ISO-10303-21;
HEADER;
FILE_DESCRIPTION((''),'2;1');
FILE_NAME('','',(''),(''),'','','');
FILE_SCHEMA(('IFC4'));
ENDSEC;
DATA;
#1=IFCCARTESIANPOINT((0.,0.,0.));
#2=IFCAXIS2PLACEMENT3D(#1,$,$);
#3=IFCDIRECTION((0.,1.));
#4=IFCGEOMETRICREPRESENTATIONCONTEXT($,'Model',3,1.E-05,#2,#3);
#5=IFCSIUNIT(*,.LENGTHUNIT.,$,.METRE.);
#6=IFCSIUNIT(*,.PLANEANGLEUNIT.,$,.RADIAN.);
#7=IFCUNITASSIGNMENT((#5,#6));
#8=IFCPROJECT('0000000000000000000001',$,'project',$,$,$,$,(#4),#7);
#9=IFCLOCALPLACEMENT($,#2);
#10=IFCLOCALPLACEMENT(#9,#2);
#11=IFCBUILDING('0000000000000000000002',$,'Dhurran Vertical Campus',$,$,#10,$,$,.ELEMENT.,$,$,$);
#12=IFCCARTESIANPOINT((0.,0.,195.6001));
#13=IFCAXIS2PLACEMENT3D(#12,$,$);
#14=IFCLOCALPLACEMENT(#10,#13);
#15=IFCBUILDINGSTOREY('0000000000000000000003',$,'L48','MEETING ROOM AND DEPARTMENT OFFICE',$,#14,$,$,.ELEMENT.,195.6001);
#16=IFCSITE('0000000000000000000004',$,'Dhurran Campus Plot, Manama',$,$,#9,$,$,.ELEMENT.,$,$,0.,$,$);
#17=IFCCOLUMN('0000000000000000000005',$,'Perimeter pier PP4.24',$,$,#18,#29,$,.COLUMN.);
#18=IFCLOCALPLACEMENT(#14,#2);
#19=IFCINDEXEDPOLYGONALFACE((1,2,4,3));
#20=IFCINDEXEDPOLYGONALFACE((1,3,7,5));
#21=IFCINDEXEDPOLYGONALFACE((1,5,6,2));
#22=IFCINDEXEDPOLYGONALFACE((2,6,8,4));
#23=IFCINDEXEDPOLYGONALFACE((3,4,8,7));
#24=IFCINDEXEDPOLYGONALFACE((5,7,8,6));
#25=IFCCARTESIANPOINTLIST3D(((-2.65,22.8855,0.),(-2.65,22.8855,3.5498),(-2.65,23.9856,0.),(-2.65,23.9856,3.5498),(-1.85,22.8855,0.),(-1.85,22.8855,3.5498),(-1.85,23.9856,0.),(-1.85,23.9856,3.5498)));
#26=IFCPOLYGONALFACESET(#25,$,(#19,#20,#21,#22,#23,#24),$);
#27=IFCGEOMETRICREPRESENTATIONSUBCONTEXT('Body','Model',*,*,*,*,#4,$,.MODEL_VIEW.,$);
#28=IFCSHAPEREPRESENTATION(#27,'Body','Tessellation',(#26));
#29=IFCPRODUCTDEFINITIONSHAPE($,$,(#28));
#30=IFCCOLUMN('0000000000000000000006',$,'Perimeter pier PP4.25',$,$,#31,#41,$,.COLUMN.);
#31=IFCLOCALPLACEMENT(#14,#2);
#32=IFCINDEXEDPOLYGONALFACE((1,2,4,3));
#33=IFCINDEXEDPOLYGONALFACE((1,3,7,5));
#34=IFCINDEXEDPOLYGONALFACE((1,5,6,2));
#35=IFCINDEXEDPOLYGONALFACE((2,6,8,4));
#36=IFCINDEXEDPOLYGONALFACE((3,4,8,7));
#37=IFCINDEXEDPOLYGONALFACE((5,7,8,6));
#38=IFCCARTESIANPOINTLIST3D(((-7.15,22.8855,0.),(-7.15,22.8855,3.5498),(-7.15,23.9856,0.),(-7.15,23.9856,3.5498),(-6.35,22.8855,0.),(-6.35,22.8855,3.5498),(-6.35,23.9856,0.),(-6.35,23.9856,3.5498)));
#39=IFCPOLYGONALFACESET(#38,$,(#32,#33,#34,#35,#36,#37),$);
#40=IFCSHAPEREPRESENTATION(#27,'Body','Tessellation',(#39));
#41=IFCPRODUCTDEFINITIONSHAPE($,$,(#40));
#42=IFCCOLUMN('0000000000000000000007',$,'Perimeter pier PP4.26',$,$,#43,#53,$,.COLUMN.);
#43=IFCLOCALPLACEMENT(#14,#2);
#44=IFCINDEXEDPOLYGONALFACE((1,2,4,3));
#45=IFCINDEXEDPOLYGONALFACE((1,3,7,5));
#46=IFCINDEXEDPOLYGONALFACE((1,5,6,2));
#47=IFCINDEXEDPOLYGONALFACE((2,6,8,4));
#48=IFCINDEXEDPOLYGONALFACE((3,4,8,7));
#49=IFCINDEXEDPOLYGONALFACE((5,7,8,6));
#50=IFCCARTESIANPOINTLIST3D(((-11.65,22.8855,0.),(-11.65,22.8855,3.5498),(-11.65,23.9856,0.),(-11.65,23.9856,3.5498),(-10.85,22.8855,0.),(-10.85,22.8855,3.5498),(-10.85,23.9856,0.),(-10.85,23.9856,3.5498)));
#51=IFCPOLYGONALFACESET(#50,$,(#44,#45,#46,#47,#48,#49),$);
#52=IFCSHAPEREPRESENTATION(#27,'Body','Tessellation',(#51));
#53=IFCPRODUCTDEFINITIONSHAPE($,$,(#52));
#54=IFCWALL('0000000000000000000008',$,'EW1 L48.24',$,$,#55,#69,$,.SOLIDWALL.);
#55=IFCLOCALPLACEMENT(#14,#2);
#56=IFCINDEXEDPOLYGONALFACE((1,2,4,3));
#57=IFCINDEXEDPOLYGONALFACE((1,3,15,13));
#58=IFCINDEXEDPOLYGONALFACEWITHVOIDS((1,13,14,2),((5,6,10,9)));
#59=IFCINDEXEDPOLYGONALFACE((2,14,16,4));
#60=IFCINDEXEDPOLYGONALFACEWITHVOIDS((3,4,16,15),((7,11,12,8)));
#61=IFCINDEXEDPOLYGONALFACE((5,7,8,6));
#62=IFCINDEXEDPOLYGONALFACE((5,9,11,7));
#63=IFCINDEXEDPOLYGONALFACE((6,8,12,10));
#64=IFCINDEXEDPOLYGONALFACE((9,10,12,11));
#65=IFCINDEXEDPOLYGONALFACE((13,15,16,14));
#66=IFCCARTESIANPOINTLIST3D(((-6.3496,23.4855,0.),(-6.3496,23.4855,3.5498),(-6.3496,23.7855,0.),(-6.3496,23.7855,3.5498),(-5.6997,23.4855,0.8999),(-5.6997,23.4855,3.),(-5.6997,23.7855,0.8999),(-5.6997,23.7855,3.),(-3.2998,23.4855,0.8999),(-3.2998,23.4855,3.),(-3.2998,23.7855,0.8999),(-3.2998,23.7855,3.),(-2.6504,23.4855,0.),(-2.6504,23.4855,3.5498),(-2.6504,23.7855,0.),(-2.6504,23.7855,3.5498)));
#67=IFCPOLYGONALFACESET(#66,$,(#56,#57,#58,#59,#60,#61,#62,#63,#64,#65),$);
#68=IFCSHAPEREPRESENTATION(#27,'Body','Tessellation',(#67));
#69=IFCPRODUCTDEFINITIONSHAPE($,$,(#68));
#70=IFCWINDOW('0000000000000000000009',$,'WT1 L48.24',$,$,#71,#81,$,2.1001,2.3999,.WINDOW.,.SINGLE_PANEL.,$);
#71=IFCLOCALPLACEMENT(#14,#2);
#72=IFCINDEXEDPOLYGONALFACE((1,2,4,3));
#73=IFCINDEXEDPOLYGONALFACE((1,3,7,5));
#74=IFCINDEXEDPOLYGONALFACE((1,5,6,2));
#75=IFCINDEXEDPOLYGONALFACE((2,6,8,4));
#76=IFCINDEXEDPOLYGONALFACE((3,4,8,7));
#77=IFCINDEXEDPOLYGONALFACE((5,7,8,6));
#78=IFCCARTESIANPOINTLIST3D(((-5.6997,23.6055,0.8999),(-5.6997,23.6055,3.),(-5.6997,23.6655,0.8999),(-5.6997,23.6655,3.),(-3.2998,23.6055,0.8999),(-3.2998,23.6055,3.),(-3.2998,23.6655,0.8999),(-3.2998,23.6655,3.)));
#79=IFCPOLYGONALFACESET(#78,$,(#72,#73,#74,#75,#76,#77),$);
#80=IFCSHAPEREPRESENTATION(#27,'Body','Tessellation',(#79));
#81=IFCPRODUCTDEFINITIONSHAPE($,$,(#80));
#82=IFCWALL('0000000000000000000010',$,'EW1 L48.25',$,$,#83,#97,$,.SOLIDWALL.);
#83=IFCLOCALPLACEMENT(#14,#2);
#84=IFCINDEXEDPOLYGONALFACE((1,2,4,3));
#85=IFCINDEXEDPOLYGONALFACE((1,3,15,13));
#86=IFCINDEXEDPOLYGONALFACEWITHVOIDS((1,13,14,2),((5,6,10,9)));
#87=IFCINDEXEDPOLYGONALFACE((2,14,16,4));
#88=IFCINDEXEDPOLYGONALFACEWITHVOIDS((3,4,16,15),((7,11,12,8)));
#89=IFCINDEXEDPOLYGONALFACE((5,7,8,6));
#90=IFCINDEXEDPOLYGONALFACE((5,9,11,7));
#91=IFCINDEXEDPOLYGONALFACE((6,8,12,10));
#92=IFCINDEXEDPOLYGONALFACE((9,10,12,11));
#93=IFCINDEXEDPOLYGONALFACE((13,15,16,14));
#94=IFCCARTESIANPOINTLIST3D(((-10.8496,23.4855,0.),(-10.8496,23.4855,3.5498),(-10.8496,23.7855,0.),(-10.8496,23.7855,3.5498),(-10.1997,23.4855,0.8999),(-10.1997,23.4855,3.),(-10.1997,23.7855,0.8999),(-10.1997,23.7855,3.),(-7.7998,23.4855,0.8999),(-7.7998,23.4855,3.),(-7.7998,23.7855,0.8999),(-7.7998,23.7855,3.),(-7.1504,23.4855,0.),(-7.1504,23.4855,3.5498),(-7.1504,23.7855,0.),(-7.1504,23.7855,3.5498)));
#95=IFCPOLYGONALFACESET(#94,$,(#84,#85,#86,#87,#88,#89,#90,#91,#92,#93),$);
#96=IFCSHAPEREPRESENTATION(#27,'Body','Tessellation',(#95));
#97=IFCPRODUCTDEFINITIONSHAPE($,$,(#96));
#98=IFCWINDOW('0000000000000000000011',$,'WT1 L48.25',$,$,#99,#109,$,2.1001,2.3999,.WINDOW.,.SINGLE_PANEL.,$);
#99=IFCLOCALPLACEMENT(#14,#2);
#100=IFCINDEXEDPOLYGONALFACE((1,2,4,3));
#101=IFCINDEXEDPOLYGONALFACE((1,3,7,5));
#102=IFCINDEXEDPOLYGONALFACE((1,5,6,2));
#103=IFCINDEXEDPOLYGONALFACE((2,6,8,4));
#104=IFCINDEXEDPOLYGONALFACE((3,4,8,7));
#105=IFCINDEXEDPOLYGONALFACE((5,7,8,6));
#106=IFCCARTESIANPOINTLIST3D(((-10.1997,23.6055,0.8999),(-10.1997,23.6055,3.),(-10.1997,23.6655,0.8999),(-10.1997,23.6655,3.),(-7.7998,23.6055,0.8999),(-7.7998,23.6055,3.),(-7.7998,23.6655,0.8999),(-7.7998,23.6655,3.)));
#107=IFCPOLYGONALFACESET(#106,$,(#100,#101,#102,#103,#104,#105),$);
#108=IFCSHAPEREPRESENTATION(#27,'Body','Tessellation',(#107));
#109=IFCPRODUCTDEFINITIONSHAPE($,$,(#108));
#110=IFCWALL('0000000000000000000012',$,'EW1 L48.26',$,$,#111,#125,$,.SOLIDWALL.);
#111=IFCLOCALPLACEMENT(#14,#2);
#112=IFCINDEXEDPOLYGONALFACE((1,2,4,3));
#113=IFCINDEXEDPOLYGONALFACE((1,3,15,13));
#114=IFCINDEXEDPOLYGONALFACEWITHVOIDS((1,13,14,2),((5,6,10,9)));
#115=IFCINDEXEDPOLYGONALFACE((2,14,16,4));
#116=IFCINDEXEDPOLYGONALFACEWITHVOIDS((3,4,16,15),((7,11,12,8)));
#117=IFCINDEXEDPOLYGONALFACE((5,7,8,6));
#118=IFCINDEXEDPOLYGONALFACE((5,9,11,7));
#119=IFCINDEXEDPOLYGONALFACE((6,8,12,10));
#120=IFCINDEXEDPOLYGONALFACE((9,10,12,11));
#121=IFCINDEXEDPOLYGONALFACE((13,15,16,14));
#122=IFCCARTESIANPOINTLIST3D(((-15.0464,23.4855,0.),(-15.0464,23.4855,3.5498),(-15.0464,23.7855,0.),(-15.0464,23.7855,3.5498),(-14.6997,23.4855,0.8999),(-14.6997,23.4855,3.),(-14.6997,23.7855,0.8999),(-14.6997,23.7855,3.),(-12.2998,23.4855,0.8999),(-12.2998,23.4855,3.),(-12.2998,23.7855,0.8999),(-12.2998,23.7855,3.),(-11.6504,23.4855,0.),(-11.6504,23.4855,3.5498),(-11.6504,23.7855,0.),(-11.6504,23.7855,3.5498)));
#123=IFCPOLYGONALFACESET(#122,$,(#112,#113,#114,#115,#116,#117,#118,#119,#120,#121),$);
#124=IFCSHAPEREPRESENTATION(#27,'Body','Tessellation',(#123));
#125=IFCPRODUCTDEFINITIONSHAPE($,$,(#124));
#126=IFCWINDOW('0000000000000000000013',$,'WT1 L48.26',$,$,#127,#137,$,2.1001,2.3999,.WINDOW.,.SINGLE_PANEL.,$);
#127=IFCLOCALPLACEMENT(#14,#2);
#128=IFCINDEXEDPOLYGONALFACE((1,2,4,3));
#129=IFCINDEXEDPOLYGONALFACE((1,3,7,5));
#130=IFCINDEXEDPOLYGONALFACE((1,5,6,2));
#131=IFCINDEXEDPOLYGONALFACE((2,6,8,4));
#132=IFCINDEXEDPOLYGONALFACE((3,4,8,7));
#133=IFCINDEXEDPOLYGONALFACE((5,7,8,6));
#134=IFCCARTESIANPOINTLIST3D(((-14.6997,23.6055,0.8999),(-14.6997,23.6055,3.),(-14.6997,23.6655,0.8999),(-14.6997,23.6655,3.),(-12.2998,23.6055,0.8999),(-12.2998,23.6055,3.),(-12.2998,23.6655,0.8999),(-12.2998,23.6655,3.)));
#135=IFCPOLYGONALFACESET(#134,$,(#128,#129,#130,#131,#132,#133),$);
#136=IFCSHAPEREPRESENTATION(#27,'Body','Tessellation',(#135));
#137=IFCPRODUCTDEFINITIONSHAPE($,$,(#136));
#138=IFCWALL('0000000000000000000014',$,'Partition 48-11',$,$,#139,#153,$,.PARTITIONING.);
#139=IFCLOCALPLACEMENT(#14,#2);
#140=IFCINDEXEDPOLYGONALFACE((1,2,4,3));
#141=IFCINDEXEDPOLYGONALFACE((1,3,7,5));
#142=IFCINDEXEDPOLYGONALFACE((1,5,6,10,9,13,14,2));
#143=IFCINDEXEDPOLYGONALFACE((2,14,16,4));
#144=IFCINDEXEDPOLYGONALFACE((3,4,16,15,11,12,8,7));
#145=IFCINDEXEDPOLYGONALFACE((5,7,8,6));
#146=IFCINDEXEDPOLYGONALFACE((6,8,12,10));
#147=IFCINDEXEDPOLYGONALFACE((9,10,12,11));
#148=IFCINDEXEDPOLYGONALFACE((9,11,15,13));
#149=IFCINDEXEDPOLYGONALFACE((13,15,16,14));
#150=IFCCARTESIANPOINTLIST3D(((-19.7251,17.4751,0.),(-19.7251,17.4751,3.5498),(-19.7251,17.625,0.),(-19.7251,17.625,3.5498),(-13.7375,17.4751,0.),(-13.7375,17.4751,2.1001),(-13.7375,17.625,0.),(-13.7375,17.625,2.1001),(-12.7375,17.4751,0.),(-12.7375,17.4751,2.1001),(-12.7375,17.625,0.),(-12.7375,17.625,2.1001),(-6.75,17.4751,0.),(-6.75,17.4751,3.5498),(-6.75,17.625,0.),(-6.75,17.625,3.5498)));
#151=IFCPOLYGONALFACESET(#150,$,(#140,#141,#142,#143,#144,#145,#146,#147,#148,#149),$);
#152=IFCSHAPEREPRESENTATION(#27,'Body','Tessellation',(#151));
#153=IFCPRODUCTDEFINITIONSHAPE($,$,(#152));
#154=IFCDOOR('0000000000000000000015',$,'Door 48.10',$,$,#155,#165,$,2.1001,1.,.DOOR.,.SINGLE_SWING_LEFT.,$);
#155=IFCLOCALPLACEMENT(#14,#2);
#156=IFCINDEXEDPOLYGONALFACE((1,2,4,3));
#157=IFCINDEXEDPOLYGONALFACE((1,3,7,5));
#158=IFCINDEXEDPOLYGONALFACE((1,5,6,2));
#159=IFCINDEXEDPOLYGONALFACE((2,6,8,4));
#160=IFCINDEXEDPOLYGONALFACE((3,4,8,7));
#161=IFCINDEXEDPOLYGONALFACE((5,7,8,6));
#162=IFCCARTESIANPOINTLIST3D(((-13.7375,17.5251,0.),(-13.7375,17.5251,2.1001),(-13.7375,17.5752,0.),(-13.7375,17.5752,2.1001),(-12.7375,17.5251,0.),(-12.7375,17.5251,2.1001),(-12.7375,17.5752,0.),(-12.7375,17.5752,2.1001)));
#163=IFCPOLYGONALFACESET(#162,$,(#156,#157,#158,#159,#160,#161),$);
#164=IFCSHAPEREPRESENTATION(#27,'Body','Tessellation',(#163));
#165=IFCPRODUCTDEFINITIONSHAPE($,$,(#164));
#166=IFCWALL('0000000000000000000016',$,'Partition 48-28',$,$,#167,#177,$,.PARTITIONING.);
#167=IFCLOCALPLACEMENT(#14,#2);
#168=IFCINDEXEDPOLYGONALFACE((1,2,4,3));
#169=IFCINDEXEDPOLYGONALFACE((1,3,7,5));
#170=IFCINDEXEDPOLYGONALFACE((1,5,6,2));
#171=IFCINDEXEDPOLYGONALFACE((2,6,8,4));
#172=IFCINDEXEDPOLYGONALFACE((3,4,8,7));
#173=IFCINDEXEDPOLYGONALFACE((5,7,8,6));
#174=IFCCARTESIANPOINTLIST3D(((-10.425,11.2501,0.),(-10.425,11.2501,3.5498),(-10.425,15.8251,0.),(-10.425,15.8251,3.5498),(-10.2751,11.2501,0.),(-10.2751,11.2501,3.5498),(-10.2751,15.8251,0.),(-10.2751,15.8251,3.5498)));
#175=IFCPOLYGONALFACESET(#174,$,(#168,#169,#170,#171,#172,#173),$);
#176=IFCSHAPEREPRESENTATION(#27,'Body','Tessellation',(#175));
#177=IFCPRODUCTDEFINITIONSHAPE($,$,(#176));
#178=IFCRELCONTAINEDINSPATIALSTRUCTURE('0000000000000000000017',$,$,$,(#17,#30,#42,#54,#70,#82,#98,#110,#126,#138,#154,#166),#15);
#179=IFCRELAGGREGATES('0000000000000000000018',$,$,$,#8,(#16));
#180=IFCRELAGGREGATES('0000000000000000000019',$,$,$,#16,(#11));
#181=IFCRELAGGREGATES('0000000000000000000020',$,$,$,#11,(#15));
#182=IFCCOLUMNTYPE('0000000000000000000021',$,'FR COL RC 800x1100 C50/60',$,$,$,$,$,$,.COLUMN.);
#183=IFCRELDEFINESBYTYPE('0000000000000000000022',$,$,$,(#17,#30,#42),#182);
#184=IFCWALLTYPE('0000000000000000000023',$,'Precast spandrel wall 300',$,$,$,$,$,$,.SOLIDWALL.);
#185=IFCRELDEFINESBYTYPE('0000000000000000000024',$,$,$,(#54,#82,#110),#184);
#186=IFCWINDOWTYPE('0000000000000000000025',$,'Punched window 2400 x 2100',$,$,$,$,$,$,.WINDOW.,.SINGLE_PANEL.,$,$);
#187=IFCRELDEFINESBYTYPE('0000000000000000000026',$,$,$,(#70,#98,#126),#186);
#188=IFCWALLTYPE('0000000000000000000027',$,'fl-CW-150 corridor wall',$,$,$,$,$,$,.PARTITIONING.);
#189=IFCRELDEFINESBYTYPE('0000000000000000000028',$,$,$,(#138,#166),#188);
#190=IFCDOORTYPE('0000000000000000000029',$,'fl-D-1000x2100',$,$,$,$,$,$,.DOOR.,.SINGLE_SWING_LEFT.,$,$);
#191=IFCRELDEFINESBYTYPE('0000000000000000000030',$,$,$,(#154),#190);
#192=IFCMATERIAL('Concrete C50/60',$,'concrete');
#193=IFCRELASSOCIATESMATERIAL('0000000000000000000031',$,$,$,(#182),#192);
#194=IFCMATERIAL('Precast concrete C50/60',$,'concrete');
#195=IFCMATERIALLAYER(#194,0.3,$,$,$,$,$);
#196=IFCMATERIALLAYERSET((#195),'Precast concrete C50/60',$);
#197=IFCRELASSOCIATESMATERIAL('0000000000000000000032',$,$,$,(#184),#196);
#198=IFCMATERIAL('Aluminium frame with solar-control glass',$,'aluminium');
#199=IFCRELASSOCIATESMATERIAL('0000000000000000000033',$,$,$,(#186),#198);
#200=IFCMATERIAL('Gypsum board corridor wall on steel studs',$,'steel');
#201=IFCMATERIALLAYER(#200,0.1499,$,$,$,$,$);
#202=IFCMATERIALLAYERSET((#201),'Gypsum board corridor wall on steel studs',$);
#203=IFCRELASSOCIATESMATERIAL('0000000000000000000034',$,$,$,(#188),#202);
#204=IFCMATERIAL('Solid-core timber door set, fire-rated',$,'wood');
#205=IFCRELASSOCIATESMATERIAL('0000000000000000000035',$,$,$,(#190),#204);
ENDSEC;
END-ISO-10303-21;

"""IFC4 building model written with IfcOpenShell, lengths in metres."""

from ifc_helpers import new_model, si_unit, direction, frame, frame_2d, origin, origin_2d, place, context, subcontext, project, spatial, rectangle, extrude, material, layer, layer_set, material_profile, profile_set, type_object, element, fill, save


model = new_model("IFC4")

# Units and contexts
model_context = context("Model", 3, precision=1e-05, world=origin(), true_north=direction((0.0, 1.0)))
body_context = subcontext(model_context, "Body", "Model", "MODEL_VIEW")
ifc_project = project(units=[si_unit("LENGTHUNIT", "METRE"), si_unit("PLANEANGLEUNIT", "RADIAN")], contexts=[model_context])

# Site, building, storey
site_placement = place(None, origin())
site = spatial("IfcSite", under=ifc_project, at=site_placement, Name="Dhurran Campus Plot, Manama", CompositionType="ELEMENT", RefElevation=0.0)
building_placement = place(site_placement, origin())
building = spatial("IfcBuilding", under=site, at=building_placement, Name="Dhurran Vertical Campus", CompositionType="ELEMENT")
storey_placement = place(building_placement, frame((0.0, 0.0, 195.6001)))
storey = spatial("IfcBuildingStorey", under=building, at=storey_placement, Name="L48", Description="MEETING ROOM AND DEPARTMENT OFFICE", CompositionType="ELEMENT", Elevation=195.6001)

# Columns
ifc_material_1 = material(Name="Concrete C50/60", Category="concrete")
ifc_material_profile = material_profile(ifc_material_1, rectangle(XDim=0.8, YDim=1.1001, at=origin_2d()), Name="RC 800x1100")
ifc_profile_set = profile_set([ifc_material_profile], Name="Concrete C50/60")
column_type = type_object("IfcColumnType", Name="FR COL RC 800x1100 C50/60", PredefinedType="COLUMN", material=ifc_profile_set)
for number, where, z_axis, x_axis, name in (
    (1, (-2.25, 23.4355, 0.0), (0.0, 0.0, 1.0), (-1.0, 0.0, 0.0), "Perimeter pier PP4.24"),
    (2, (-6.75, 23.4355, 0.0), (0.0, 0.0, 1.0), (-1.0, 0.0, 0.0), "Perimeter pier PP4.25"),
    (3, (-11.25, 23.4355, 0.0), (0.0, 0.0, 1.0), (-1.0, 0.0, 0.0), "Perimeter pier PP4.26"),
):
    element("IfcColumn", number, at=place(storey_placement, frame(where, z_axis=z_axis, x_axis=x_axis)), inside=storey, type_object=column_type, Name=name, PredefinedType="COLUMN", context=body_context, shape_type="SweptSolid", body=[
        extrude(rectangle(XDim=0.8, YDim=1.1001, at=origin_2d()), origin(), (0.0, 0.0, 1.0), 3.5498),
    ])

# Walls, openings, windows
ifc_material_2 = material(Name="Precast concrete C50/60", Category="concrete")
ifc_layer_1 = layer(ifc_material_2, 0.3)
ifc_layer_set_1 = layer_set([ifc_layer_1], Name="Precast concrete C50/60")
wall_type_1 = type_object("IfcWallType", Name="Precast spandrel wall 300", PredefinedType="SOLIDWALL", material=ifc_layer_set_1)
wall_1_placement = place(storey_placement, frame((-2.6504, 23.6355, 0.0), z_axis=(0.0, 0.0, 1.0), x_axis=(-1.0, 0.0, 0.0)))
wall_1 = element("IfcWall", 4, at=wall_1_placement, inside=storey, type_object=wall_type_1, Name="EW1 L48.24", PredefinedType="SOLIDWALL", context=body_context, shape_type="SweptSolid", body=[
    extrude(rectangle(XDim=3.6992, YDim=0.3, at=frame_2d((1.8496, 0.0))), origin(), (0.0, 0.0, 1.0), 3.5498),
])
opening_1_placement = place(wall_1_placement, frame((0.6494, 0.0, 0.8999)))
opening_1 = element("IfcOpeningElement", 5, at=opening_1_placement, cuts=wall_1, PredefinedType="OPENING", context=body_context, shape_type="SweptSolid", body=[
    extrude(rectangle(XDim=2.3999, YDim=2.1001, at=frame_2d((1.2, 1.05))), frame((0.0, 0.1599, 0.0), z_axis=(0.0, -1.0, 0.0), x_axis=(1.0, 0.0, 0.0)), (0.0, 0.0, 1.0), 0.3201),
])
ifc_material_3 = material(Name="Aluminium frame with solar-control glass", Category="aluminium")
window_type = type_object("IfcWindowType", Name="Punched window 2400 x 2100", PartitioningType="SINGLE_PANEL", PredefinedType="WINDOW", material=ifc_material_3)
window_1_placement = place(opening_1_placement, origin())
window_1 = element("IfcWindow", 6, at=window_1_placement, inside=storey, type_object=window_type, Name="WT1 L48.24", OverallHeight=2.1001, OverallWidth=2.3999, PartitioningType="SINGLE_PANEL", PredefinedType="WINDOW", context=body_context, shape_type="SweptSolid", body=[
    extrude(rectangle(XDim=2.3999, YDim=2.1001, at=frame_2d((1.2, 1.05))), frame((0.0, 0.03, 0.0), z_axis=(0.0, -1.0, 0.0), x_axis=(1.0, 0.0, 0.0)), (0.0, 0.0, 1.0), 0.0601),
])
fill(opening_1, window_1)
wall_2_placement = place(storey_placement, frame((-7.1504, 23.6355, 0.0), z_axis=(0.0, 0.0, 1.0), x_axis=(-1.0, 0.0, 0.0)))
wall_2 = element("IfcWall", 7, at=wall_2_placement, inside=storey, type_object=wall_type_1, Name="EW1 L48.25", PredefinedType="SOLIDWALL", context=body_context, shape_type="SweptSolid", body=[
    extrude(rectangle(XDim=3.6992, YDim=0.3, at=frame_2d((1.8496, 0.0))), origin(), (0.0, 0.0, 1.0), 3.5498),
])
opening_2_placement = place(wall_2_placement, frame((0.6494, 0.0, 0.8999)))
opening_2 = element("IfcOpeningElement", 8, at=opening_2_placement, cuts=wall_2, PredefinedType="OPENING", context=body_context, shape_type="SweptSolid", body=[
    extrude(rectangle(XDim=2.3999, YDim=2.1001, at=frame_2d((1.2, 1.05))), frame((0.0, 0.1599, 0.0), z_axis=(0.0, -1.0, 0.0), x_axis=(1.0, 0.0, 0.0)), (0.0, 0.0, 1.0), 0.3201),
])
window_2_placement = place(opening_2_placement, origin())
window_2 = element("IfcWindow", 9, at=window_2_placement, inside=storey, type_object=window_type, Name="WT1 L48.25", OverallHeight=2.1001, OverallWidth=2.3999, PartitioningType="SINGLE_PANEL", PredefinedType="WINDOW", context=body_context, shape_type="SweptSolid", body=[
    extrude(rectangle(XDim=2.3999, YDim=2.1001, at=frame_2d((1.2, 1.05))), frame((0.0, 0.03, 0.0), z_axis=(0.0, -1.0, 0.0), x_axis=(1.0, 0.0, 0.0)), (0.0, 0.0, 1.0), 0.0601),
])
fill(opening_2, window_2)
wall_3_placement = place(storey_placement, frame((-11.6504, 23.6355, 0.0), z_axis=(0.0, 0.0, 1.0), x_axis=(-1.0, 0.0, 0.0)))
wall_3 = element("IfcWall", 10, at=wall_3_placement, inside=storey, type_object=wall_type_1, Name="EW1 L48.26", PredefinedType="SOLIDWALL", context=body_context, shape_type="SweptSolid", body=[
    extrude(rectangle(XDim=3.396, YDim=0.3, at=frame_2d((1.698, 0.0))), origin(), (0.0, 0.0, 1.0), 3.5498),
])
opening_3_placement = place(wall_3_placement, frame((0.6494, 0.0, 0.8999)))
opening_3 = element("IfcOpeningElement", 11, at=opening_3_placement, cuts=wall_3, PredefinedType="OPENING", context=body_context, shape_type="SweptSolid", body=[
    extrude(rectangle(XDim=2.3999, YDim=2.1001, at=frame_2d((1.2, 1.05))), frame((0.0, 0.1599, 0.0), z_axis=(0.0, -1.0, 0.0), x_axis=(1.0, 0.0, 0.0)), (0.0, 0.0, 1.0), 0.3201),
])
window_3_placement = place(opening_3_placement, origin())
window_3 = element("IfcWindow", 12, at=window_3_placement, inside=storey, type_object=window_type, Name="WT1 L48.26", OverallHeight=2.1001, OverallWidth=2.3999, PartitioningType="SINGLE_PANEL", PredefinedType="WINDOW", context=body_context, shape_type="SweptSolid", body=[
    extrude(rectangle(XDim=2.3999, YDim=2.1001, at=frame_2d((1.2, 1.05))), frame((0.0, 0.03, 0.0), z_axis=(0.0, -1.0, 0.0), x_axis=(1.0, 0.0, 0.0)), (0.0, 0.0, 1.0), 0.0601),
])
fill(opening_3, window_3)

# Wall, opening, door
ifc_material_4 = material(Name="Gypsum board corridor wall on steel studs", Category="steel")
ifc_layer_2 = layer(ifc_material_4, 0.1499)
ifc_layer_set_2 = layer_set([ifc_layer_2], Name="Gypsum board corridor wall on steel studs")
wall_type_2 = type_object("IfcWallType", Name="fl-CW-150 corridor wall", PredefinedType="PARTITIONING", material=ifc_layer_set_2)
wall_4_placement = place(storey_placement, frame((-6.75, 17.55, 0.0), z_axis=(0.0, 0.0, 1.0), x_axis=(-1.0, 0.0, 0.0)))
wall_4 = element("IfcWall", 13, at=wall_4_placement, inside=storey, type_object=wall_type_2, Name="Partition 48-11", PredefinedType="PARTITIONING", context=body_context, shape_type="SweptSolid", body=[
    extrude(rectangle(XDim=12.9751, YDim=0.1499, at=frame_2d((6.4875, 0.0))), origin(), (0.0, 0.0, 1.0), 3.5498),
])
opening_4_placement = place(wall_4_placement, frame((5.9875, 0.0, 0.0)))
opening_4 = element("IfcOpeningElement", 14, at=opening_4_placement, cuts=wall_4, PredefinedType="OPENING", context=body_context, shape_type="SweptSolid", body=[
    extrude(rectangle(XDim=1.0, YDim=2.1001, at=frame_2d((0.5, 1.05))), frame((0.0, 0.085, 0.0), z_axis=(0.0, -1.0, 0.0), x_axis=(1.0, 0.0, 0.0)), (0.0, 0.0, 1.0), 0.1699),
])
ifc_material_5 = material(Name="Solid-core timber door set, fire-rated", Category="wood")
door_type = type_object("IfcDoorType", Name="fl-D-1000x2100", OperationType="SINGLE_SWING_LEFT", PredefinedType="DOOR", material=ifc_material_5)
door_1_placement = place(opening_4_placement, origin())
door_1 = element("IfcDoor", 15, at=door_1_placement, inside=storey, type_object=door_type, Name="Door 48.10", OperationType="SINGLE_SWING_LEFT", OverallHeight=2.1001, OverallWidth=1.0, PredefinedType="DOOR", context=body_context, shape_type="SweptSolid", body=[
    extrude(rectangle(XDim=1.0, YDim=2.1001, at=frame_2d((0.5, 1.05))), frame((0.0, 0.0249, 0.0), z_axis=(0.0, -1.0, 0.0), x_axis=(1.0, 0.0, 0.0)), (0.0, 0.0, 1.0), 0.05),
])
fill(opening_4, door_1)

# Wall
wall_5_placement = place(storey_placement, frame((-10.3501, 11.25, 0.0), z_axis=(0.0, 0.0, 1.0), x_axis=(0.0, 1.0, 0.0)))
element("IfcWall", 16, at=wall_5_placement, inside=storey, type_object=wall_type_2, Name="Partition 48-28", PredefinedType="PARTITIONING", context=body_context, shape_type="SweptSolid", body=[
    extrude(rectangle(XDim=4.575, YDim=0.1499, at=frame_2d((2.2876, 0.0))), origin(), (0.0, 0.0, 1.0), 3.5498),
])

save(model, "model.ifc")
